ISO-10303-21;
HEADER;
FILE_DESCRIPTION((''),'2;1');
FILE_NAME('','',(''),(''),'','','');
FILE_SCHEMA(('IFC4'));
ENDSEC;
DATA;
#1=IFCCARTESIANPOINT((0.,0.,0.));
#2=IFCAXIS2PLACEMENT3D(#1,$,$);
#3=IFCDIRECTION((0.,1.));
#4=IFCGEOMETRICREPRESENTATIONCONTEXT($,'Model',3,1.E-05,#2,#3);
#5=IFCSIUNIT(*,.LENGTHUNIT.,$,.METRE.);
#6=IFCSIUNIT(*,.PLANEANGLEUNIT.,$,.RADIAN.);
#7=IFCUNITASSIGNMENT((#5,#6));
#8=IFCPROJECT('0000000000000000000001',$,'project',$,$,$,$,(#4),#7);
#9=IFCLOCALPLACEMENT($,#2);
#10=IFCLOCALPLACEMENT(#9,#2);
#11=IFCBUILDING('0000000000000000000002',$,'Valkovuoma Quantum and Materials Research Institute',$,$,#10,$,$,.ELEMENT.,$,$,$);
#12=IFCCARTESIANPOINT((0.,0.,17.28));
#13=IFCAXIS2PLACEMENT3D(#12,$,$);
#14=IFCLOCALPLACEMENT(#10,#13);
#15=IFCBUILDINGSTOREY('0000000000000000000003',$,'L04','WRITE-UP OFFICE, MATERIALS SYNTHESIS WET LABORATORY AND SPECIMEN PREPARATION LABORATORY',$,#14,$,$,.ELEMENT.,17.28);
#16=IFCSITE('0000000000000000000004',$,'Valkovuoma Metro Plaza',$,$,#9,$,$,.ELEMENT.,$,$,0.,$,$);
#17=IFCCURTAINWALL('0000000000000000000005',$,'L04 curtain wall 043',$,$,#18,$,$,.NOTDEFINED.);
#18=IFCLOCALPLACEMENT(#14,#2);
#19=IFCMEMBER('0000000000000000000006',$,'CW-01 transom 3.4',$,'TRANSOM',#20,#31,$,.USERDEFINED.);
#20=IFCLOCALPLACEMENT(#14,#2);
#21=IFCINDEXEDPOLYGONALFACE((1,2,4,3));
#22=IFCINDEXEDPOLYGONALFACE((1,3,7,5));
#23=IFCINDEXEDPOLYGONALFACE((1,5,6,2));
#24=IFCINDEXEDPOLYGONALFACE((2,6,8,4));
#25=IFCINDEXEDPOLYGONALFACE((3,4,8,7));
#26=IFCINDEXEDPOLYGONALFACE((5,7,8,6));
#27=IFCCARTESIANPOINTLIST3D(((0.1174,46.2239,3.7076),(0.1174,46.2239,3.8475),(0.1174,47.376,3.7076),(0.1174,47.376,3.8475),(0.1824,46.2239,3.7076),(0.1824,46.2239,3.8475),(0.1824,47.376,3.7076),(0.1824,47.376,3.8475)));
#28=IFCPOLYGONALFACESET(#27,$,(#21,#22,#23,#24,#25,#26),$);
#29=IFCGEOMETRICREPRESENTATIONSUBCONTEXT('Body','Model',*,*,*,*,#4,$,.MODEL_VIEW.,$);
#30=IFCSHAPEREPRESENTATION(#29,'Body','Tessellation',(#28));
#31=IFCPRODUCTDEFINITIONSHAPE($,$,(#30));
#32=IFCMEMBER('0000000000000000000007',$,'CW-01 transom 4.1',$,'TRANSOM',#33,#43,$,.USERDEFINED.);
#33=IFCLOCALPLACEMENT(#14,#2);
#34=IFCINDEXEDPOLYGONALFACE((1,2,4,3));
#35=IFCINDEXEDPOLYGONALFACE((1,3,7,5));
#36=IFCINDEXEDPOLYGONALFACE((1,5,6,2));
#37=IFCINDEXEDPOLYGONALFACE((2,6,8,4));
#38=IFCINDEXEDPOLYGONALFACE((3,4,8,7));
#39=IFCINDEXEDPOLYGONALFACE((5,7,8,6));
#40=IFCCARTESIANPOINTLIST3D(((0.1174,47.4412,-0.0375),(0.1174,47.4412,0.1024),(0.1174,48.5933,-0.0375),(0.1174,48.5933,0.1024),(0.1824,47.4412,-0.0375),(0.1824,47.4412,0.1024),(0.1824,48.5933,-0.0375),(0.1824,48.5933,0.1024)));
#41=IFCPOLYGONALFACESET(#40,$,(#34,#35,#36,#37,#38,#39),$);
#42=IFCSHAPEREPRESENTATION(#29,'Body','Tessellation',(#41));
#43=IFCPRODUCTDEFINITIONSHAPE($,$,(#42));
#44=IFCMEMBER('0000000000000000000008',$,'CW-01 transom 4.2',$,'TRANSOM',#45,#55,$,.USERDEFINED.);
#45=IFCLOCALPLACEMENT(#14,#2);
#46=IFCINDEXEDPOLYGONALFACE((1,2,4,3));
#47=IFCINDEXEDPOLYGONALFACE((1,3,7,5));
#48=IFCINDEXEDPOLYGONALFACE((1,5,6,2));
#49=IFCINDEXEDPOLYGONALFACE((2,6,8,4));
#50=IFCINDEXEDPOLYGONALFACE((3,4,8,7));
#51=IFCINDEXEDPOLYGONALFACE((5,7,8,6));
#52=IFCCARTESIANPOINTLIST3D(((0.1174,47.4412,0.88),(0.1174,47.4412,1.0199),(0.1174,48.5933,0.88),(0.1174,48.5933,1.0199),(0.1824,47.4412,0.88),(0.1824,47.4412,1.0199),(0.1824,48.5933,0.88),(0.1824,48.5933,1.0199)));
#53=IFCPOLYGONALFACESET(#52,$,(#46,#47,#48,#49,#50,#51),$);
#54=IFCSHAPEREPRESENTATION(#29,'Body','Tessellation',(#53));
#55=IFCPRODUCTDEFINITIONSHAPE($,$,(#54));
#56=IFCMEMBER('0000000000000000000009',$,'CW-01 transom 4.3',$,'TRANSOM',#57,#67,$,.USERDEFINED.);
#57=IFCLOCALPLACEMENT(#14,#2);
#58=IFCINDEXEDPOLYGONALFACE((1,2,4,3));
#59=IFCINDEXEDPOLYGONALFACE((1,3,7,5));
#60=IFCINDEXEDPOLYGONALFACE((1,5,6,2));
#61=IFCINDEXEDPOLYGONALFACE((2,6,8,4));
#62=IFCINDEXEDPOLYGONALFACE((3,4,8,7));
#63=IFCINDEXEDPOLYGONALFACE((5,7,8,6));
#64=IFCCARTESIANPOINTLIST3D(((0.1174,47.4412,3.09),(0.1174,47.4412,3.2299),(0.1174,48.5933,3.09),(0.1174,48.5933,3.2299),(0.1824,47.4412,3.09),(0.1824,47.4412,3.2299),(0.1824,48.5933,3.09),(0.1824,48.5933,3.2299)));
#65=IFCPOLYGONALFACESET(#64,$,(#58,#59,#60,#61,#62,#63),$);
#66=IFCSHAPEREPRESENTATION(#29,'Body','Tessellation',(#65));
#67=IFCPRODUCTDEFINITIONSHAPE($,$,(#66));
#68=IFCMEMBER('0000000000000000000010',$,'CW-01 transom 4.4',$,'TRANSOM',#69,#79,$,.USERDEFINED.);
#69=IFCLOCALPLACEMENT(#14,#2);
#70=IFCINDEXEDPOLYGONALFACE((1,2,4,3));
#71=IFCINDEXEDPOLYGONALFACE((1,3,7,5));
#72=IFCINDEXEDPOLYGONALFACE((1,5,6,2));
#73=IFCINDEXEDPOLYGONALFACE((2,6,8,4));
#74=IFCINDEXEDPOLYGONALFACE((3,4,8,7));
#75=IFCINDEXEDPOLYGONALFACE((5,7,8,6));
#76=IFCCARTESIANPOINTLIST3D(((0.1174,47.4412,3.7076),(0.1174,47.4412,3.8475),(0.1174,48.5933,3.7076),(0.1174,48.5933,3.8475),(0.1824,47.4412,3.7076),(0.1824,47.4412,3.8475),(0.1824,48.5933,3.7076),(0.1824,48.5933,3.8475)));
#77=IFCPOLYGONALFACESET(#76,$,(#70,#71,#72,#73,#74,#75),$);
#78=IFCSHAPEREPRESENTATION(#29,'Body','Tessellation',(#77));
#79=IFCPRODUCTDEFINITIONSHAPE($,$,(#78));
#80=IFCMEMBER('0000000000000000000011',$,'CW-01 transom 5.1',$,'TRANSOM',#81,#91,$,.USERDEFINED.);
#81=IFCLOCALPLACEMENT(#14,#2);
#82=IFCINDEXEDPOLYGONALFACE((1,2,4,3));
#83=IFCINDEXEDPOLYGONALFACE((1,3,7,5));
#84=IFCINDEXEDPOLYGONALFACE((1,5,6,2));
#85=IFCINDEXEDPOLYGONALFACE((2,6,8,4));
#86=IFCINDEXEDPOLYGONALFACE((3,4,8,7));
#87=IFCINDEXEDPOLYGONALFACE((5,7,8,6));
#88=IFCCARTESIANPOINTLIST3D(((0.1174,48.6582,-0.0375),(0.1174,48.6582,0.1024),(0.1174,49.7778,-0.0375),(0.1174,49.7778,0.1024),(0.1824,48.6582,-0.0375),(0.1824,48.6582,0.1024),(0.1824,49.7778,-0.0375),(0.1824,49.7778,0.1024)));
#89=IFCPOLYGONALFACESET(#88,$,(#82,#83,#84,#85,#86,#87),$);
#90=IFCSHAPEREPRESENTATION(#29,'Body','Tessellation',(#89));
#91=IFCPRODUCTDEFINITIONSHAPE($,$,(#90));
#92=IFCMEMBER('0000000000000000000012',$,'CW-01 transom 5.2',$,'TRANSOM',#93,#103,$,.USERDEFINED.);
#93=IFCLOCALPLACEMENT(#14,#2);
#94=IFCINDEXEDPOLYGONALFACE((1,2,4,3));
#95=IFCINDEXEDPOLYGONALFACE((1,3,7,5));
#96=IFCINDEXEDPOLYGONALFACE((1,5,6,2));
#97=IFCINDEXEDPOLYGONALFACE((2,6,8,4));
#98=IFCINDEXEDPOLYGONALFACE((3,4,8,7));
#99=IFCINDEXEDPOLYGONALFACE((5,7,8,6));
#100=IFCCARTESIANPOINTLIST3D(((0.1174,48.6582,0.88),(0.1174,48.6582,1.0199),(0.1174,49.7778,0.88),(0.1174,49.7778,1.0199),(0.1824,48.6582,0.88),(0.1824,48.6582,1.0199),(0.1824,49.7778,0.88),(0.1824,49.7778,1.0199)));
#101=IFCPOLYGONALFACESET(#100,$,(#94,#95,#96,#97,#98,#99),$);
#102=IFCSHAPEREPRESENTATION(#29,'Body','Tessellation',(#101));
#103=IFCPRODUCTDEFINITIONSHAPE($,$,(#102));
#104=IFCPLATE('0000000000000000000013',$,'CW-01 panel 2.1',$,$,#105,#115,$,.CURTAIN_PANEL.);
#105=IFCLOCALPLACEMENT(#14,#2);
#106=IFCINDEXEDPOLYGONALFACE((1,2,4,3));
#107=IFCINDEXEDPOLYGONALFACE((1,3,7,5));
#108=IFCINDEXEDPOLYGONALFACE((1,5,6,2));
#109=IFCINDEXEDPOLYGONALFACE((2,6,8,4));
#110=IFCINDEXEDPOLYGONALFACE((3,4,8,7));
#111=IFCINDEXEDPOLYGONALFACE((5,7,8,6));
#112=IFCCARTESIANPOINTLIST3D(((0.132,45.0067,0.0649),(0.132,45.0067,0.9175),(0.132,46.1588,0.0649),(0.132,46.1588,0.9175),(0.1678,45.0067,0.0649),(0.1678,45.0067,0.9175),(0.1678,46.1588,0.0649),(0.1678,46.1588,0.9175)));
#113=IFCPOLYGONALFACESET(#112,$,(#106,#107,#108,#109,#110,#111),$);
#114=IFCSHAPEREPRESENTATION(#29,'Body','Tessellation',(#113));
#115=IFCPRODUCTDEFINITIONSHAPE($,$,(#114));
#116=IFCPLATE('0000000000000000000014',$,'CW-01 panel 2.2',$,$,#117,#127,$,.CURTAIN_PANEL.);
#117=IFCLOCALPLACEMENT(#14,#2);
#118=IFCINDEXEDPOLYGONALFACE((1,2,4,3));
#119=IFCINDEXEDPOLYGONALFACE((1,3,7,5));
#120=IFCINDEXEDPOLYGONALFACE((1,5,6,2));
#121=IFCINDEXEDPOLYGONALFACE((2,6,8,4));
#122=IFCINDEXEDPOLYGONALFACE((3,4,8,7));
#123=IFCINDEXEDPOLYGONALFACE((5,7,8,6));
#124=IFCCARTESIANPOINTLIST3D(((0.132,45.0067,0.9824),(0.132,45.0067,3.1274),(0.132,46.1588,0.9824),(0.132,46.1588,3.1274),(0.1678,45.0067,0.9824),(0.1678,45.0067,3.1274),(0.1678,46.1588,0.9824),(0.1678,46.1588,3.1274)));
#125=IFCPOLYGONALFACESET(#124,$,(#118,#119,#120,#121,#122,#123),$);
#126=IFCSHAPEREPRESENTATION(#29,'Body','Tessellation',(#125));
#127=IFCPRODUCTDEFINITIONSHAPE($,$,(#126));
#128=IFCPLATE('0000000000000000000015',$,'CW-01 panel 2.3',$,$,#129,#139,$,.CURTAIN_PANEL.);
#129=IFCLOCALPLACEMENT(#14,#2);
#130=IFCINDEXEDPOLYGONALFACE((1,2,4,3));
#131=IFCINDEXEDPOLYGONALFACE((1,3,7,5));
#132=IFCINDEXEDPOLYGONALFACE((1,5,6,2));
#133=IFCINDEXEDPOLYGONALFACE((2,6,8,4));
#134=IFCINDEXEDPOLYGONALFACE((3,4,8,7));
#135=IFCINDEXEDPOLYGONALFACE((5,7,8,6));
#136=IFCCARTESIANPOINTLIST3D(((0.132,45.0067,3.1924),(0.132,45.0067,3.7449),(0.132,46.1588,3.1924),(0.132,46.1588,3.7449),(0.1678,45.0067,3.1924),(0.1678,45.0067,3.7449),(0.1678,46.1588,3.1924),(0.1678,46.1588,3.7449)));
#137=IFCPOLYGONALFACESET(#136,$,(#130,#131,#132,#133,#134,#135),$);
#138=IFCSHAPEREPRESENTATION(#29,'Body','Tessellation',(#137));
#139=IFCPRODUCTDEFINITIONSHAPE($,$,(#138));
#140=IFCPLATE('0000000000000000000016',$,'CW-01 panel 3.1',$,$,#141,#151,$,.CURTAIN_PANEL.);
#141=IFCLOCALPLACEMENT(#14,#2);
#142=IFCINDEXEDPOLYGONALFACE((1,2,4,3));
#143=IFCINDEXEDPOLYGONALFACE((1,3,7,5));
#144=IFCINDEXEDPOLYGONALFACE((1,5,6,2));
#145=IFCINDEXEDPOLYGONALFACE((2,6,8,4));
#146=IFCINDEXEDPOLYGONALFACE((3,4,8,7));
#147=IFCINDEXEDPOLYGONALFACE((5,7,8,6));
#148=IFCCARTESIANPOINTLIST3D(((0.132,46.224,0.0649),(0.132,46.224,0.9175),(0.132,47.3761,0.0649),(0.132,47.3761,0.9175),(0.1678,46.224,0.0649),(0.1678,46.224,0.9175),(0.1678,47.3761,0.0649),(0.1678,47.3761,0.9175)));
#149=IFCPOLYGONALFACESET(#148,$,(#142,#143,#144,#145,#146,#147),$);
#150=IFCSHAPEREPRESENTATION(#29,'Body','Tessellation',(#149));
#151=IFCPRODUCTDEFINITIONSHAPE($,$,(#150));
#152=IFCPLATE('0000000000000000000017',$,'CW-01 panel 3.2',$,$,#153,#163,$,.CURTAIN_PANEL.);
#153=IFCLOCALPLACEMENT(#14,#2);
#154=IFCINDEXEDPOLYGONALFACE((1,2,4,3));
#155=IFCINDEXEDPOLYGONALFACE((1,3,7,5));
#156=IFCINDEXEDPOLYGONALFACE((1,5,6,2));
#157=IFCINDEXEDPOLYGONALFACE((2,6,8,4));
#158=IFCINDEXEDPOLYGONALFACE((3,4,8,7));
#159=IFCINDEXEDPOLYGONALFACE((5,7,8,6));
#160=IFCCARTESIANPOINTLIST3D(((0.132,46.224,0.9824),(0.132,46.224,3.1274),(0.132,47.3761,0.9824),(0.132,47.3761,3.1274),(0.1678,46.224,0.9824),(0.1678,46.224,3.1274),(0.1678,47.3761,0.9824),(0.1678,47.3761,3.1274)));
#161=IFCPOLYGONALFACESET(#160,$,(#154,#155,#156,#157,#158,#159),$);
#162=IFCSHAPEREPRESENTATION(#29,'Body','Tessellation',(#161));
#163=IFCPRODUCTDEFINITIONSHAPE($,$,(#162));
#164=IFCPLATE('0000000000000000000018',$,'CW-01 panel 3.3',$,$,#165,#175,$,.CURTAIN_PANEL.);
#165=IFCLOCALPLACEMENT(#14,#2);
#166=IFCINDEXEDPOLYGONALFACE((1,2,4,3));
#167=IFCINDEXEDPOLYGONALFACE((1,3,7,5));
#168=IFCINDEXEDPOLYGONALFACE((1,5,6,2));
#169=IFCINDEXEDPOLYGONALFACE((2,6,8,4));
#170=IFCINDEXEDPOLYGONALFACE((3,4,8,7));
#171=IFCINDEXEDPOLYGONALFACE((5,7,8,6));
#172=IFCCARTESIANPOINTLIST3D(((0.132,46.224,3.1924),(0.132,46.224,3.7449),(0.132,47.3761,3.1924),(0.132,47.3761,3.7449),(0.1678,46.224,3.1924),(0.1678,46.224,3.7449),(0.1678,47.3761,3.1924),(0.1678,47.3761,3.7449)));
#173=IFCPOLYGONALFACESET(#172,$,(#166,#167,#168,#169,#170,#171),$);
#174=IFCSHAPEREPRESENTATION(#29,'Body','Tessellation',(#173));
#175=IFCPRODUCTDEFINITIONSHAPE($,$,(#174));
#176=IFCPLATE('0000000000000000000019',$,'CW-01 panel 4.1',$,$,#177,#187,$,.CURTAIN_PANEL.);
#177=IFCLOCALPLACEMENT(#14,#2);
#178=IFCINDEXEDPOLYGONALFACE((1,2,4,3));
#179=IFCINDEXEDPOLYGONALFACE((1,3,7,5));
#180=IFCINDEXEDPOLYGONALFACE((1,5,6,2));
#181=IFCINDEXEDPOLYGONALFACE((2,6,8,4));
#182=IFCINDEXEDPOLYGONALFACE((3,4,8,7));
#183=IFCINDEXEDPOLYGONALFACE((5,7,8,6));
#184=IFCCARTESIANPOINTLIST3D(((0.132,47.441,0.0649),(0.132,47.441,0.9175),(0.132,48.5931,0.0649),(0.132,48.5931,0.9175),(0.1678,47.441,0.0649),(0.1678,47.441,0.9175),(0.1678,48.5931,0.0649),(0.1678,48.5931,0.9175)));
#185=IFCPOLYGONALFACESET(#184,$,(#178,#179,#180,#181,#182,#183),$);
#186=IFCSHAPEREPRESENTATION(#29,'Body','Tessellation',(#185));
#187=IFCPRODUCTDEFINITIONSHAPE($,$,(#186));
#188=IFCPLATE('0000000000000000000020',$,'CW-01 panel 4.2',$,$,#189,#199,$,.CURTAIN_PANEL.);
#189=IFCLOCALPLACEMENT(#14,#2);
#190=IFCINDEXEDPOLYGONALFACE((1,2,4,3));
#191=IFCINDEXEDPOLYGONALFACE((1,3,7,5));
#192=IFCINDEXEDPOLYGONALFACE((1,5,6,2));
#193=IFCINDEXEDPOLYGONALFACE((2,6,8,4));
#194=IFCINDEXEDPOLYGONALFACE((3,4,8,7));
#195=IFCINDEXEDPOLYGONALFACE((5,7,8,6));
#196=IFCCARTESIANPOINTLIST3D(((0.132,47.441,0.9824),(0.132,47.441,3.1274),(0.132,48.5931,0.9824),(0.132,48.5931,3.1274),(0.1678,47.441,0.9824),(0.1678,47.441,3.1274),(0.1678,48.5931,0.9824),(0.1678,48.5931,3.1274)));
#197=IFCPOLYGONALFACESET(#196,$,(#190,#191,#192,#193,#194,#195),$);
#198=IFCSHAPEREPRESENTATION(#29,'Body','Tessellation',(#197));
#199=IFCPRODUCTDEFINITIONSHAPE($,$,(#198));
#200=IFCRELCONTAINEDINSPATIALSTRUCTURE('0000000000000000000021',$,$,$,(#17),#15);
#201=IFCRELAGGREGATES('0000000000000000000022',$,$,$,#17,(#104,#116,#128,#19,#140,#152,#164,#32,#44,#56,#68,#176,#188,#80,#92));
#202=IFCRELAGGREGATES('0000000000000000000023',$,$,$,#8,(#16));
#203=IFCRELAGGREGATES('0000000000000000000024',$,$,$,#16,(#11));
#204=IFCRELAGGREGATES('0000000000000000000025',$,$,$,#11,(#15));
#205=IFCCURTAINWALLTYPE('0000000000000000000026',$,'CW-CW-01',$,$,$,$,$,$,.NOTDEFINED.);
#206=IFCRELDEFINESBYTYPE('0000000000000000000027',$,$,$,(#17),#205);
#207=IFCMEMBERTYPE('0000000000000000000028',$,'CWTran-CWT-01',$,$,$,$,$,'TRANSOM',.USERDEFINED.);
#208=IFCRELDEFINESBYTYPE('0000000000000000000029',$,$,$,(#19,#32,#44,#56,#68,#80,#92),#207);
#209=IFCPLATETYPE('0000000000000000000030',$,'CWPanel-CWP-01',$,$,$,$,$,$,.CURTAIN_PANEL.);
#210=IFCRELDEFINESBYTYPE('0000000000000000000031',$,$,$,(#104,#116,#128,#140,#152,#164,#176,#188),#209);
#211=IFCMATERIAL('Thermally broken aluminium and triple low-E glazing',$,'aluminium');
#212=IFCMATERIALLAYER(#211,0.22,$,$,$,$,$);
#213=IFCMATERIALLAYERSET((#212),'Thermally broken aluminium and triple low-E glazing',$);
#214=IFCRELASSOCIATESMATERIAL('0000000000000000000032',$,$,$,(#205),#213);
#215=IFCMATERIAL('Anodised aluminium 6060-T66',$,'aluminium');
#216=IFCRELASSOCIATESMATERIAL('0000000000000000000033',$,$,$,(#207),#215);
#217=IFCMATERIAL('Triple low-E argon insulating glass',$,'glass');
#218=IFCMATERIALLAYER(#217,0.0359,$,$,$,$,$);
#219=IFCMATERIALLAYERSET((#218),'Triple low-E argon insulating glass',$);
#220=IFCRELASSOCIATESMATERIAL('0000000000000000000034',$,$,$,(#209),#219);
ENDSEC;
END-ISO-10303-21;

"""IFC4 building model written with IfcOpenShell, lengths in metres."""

from ifc_helpers import new_model, si_unit, direction, frame, origin, origin_2d, place, context, subcontext, project, spatial, rectangle, extrude, material, layer, layer_set, material_profile, profile_set, type_object, element, aggregate, save


model = new_model("IFC4")

# Units and contexts
model_context = context("Model", 3, precision=1e-05, world=origin(), true_north=direction((0.0, 1.0)))
body_context = subcontext(model_context, "Body", "Model", "MODEL_VIEW")
ifc_project = project(units=[si_unit("LENGTHUNIT", "METRE"), si_unit("PLANEANGLEUNIT", "RADIAN")], contexts=[model_context])

# Site, building, storey
site_placement = place(None, origin())
site = spatial("IfcSite", under=ifc_project, at=site_placement, Name="Valkovuoma Metro Plaza", CompositionType="ELEMENT", RefElevation=0.0)
building_placement = place(site_placement, origin())
building = spatial("IfcBuilding", under=site, at=building_placement, Name="Valkovuoma Quantum and Materials Research Institute", CompositionType="ELEMENT")
storey_placement = place(building_placement, frame((0.0, 0.0, 17.28)))
storey = spatial("IfcBuildingStorey", under=building, at=storey_placement, Name="L04", Description="WRITE-UP OFFICE, MATERIALS SYNTHESIS WET LABORATORY AND SPECIMEN PREPARATION LABORATORY", CompositionType="ELEMENT", Elevation=17.28)

# Curtain wall, members, plates
ifc_material_1 = material(Name="Thermally broken aluminium and triple low-E glazing", Category="aluminium")
ifc_layer_1 = layer(ifc_material_1, 0.22)
ifc_layer_set_1 = layer_set([ifc_layer_1], Name="Thermally broken aluminium and triple low-E glazing")
curtain_wall_type = type_object("IfcCurtainWallType", Name="CW-CW-01", PredefinedType="NOTDEFINED", material=ifc_layer_set_1)
curtain_wall_placement = place(storey_placement, origin())
curtain_wall = element("IfcCurtainWall", 1, at=curtain_wall_placement, inside=storey, type_object=curtain_wall_type, Name="L04 curtain wall 043", PredefinedType="NOTDEFINED")
ifc_material_2 = material(Name="Anodised aluminium 6060-T66", Category="aluminium")
ifc_material_profile_1 = material_profile(ifc_material_2, rectangle(XDim=0.0649, YDim=0.1399, at=origin_2d()), Name="Anodised aluminium 6060-T66")
ifc_profile_set_1 = profile_set([ifc_material_profile_1], Name="Anodised aluminium 6060-T66")
member_type_1 = type_object("IfcMemberType", Name="CWTran-CWT-01", ElementType="TRANSOM", PredefinedType="USERDEFINED", material=ifc_profile_set_1)
member_1_placement = place(storey_placement, frame((0.1499, 46.2239, 3.7776), z_axis=(0.0, 1.0, 0.0), x_axis=(-1.0, 0.0, 0.0)))
member_1 = element("IfcMember", 2, at=member_1_placement, type_object=member_type_1, Name="CW-01 transom 3.4", ObjectType="TRANSOM", PredefinedType="USERDEFINED", context=body_context, shape_type="SweptSolid", body=[
    extrude(rectangle(XDim=0.0649, YDim=0.1399, at=origin_2d()), origin(), (0.0, 0.0, 1.0), 1.1521),
])
member_2_placement = place(storey_placement, frame((0.1499, 47.4412, 0.0325), z_axis=(0.0, 1.0, 0.0), x_axis=(-1.0, 0.0, 0.0)))
member_2 = element("IfcMember", 3, at=member_2_placement, type_object=member_type_1, Name="CW-01 transom 4.1", ObjectType="TRANSOM", PredefinedType="USERDEFINED", context=body_context, shape_type="SweptSolid", body=[
    extrude(rectangle(XDim=0.0649, YDim=0.1399, at=origin_2d()), origin(), (0.0, 0.0, 1.0), 1.1521),
])
member_3_placement = place(storey_placement, frame((0.1499, 47.4412, 0.95), z_axis=(0.0, 1.0, 0.0), x_axis=(-1.0, 0.0, 0.0)))
member_3 = element("IfcMember", 4, at=member_3_placement, type_object=member_type_1, Name="CW-01 transom 4.2", ObjectType="TRANSOM", PredefinedType="USERDEFINED", context=body_context, shape_type="SweptSolid", body=[
    extrude(rectangle(XDim=0.0649, YDim=0.1399, at=origin_2d()), origin(), (0.0, 0.0, 1.0), 1.1521),
])
member_4_placement = place(storey_placement, frame((0.1499, 47.4412, 3.1599), z_axis=(0.0, 1.0, 0.0), x_axis=(-1.0, 0.0, 0.0)))
member_4 = element("IfcMember", 5, at=member_4_placement, type_object=member_type_1, Name="CW-01 transom 4.3", ObjectType="TRANSOM", PredefinedType="USERDEFINED", context=body_context, shape_type="SweptSolid", body=[
    extrude(rectangle(XDim=0.0649, YDim=0.1399, at=origin_2d()), origin(), (0.0, 0.0, 1.0), 1.1521),
])
member_5_placement = place(storey_placement, frame((0.1499, 47.4412, 3.7776), z_axis=(0.0, 1.0, 0.0), x_axis=(-1.0, 0.0, 0.0)))
member_5 = element("IfcMember", 6, at=member_5_placement, type_object=member_type_1, Name="CW-01 transom 4.4", ObjectType="TRANSOM", PredefinedType="USERDEFINED", context=body_context, shape_type="SweptSolid", body=[
    extrude(rectangle(XDim=0.0649, YDim=0.1399, at=origin_2d()), origin(), (0.0, 0.0, 1.0), 1.1521),
])
member_6_placement = place(storey_placement, frame((0.1499, 48.6582, 0.0325), z_axis=(0.0, 1.0, 0.0), x_axis=(-1.0, 0.0, 0.0)))
member_6 = element("IfcMember", 7, at=member_6_placement, type_object=member_type_1, Name="CW-01 transom 5.1", ObjectType="TRANSOM", PredefinedType="USERDEFINED", context=body_context, shape_type="SweptSolid", body=[
    extrude(rectangle(XDim=0.0649, YDim=0.1399, at=origin_2d()), origin(), (0.0, 0.0, 1.0), 1.1196),
])
member_7_placement = place(storey_placement, frame((0.1499, 48.6582, 0.95), z_axis=(0.0, 1.0, 0.0), x_axis=(-1.0, 0.0, 0.0)))
member_7 = element("IfcMember", 8, at=member_7_placement, type_object=member_type_1, Name="CW-01 transom 5.2", ObjectType="TRANSOM", PredefinedType="USERDEFINED", context=body_context, shape_type="SweptSolid", body=[
    extrude(rectangle(XDim=0.0649, YDim=0.1399, at=origin_2d()), origin(), (0.0, 0.0, 1.0), 1.1196),
])
ifc_material_3 = material(Name="Triple low-E argon insulating glass", Category="glass")
ifc_layer_2 = layer(ifc_material_3, 0.0359)
ifc_layer_set_2 = layer_set([ifc_layer_2], Name="Triple low-E argon insulating glass")
plate_type = type_object("IfcPlateType", Name="CWPanel-CWP-01", PredefinedType="CURTAIN_PANEL", material=ifc_layer_set_2)
plate_1_placement = place(storey_placement, frame((0.1499, 45.5828, 0.0649), z_axis=(0.0, 0.0, 1.0), x_axis=(0.0, 1.0, 0.0)))
plate_1 = element("IfcPlate", 9, at=plate_1_placement, type_object=plate_type, Name="CW-01 panel 2.1", PredefinedType="CURTAIN_PANEL", context=body_context, shape_type="SweptSolid", body=[
    extrude(rectangle(XDim=1.1521, YDim=0.0359, at=origin_2d()), origin(), (0.0, 0.0, 1.0), 0.8525),
])
plate_2_placement = place(storey_placement, frame((0.1499, 45.5828, 0.9824), z_axis=(0.0, 0.0, 1.0), x_axis=(0.0, 1.0, 0.0)))
plate_2 = element("IfcPlate", 10, at=plate_2_placement, type_object=plate_type, Name="CW-01 panel 2.2", PredefinedType="CURTAIN_PANEL", context=body_context, shape_type="SweptSolid", body=[
    extrude(rectangle(XDim=1.1521, YDim=0.0359, at=origin_2d()), origin(), (0.0, 0.0, 1.0), 2.145),
])
plate_3_placement = place(storey_placement, frame((0.1499, 45.5828, 3.1924), z_axis=(0.0, 0.0, 1.0), x_axis=(0.0, 1.0, 0.0)))
plate_3 = element("IfcPlate", 11, at=plate_3_placement, type_object=plate_type, Name="CW-01 panel 2.3", PredefinedType="CURTAIN_PANEL", context=body_context, shape_type="SweptSolid", body=[
    extrude(rectangle(XDim=1.1521, YDim=0.0359, at=origin_2d()), origin(), (0.0, 0.0, 1.0), 0.5525),
])
plate_4_placement = place(storey_placement, frame((0.1499, 46.8, 0.0649), z_axis=(0.0, 0.0, 1.0), x_axis=(0.0, 1.0, 0.0)))
plate_4 = element("IfcPlate", 12, at=plate_4_placement, type_object=plate_type, Name="CW-01 panel 3.1", PredefinedType="CURTAIN_PANEL", context=body_context, shape_type="SweptSolid", body=[
    extrude(rectangle(XDim=1.1521, YDim=0.0359, at=origin_2d()), origin(), (0.0, 0.0, 1.0), 0.8525),
])
plate_5_placement = place(storey_placement, frame((0.1499, 46.8, 0.9824), z_axis=(0.0, 0.0, 1.0), x_axis=(0.0, 1.0, 0.0)))
plate_5 = element("IfcPlate", 13, at=plate_5_placement, type_object=plate_type, Name="CW-01 panel 3.2", PredefinedType="CURTAIN_PANEL", context=body_context, shape_type="SweptSolid", body=[
    extrude(rectangle(XDim=1.1521, YDim=0.0359, at=origin_2d()), origin(), (0.0, 0.0, 1.0), 2.145),
])
plate_6_placement = place(storey_placement, frame((0.1499, 46.8, 3.1924), z_axis=(0.0, 0.0, 1.0), x_axis=(0.0, 1.0, 0.0)))
plate_6 = element("IfcPlate", 14, at=plate_6_placement, type_object=plate_type, Name="CW-01 panel 3.3", PredefinedType="CURTAIN_PANEL", context=body_context, shape_type="SweptSolid", body=[
    extrude(rectangle(XDim=1.1521, YDim=0.0359, at=origin_2d()), origin(), (0.0, 0.0, 1.0), 0.5525),
])
plate_7_placement = place(storey_placement, frame((0.1499, 48.0171, 0.0649), z_axis=(0.0, 0.0, 1.0), x_axis=(0.0, 1.0, 0.0)))
plate_7 = element("IfcPlate", 15, at=plate_7_placement, type_object=plate_type, Name="CW-01 panel 4.1", PredefinedType="CURTAIN_PANEL", context=body_context, shape_type="SweptSolid", body=[
    extrude(rectangle(XDim=1.1521, YDim=0.0359, at=origin_2d()), origin(), (0.0, 0.0, 1.0), 0.8525),
])
plate_8_placement = place(storey_placement, frame((0.1499, 48.0171, 0.9824), z_axis=(0.0, 0.0, 1.0), x_axis=(0.0, 1.0, 0.0)))
plate_8 = element("IfcPlate", 16, at=plate_8_placement, type_object=plate_type, Name="CW-01 panel 4.2", PredefinedType="CURTAIN_PANEL", context=body_context, shape_type="SweptSolid", body=[
    extrude(rectangle(XDim=1.1521, YDim=0.0359, at=origin_2d()), origin(), (0.0, 0.0, 1.0), 2.145),
])
aggregate(curtain_wall, [plate_1, plate_2, plate_3, member_1, plate_4, plate_5, plate_6, member_2, member_3, member_4, member_5, plate_7, plate_8, member_6, member_7])

save(model, "model.ifc")
